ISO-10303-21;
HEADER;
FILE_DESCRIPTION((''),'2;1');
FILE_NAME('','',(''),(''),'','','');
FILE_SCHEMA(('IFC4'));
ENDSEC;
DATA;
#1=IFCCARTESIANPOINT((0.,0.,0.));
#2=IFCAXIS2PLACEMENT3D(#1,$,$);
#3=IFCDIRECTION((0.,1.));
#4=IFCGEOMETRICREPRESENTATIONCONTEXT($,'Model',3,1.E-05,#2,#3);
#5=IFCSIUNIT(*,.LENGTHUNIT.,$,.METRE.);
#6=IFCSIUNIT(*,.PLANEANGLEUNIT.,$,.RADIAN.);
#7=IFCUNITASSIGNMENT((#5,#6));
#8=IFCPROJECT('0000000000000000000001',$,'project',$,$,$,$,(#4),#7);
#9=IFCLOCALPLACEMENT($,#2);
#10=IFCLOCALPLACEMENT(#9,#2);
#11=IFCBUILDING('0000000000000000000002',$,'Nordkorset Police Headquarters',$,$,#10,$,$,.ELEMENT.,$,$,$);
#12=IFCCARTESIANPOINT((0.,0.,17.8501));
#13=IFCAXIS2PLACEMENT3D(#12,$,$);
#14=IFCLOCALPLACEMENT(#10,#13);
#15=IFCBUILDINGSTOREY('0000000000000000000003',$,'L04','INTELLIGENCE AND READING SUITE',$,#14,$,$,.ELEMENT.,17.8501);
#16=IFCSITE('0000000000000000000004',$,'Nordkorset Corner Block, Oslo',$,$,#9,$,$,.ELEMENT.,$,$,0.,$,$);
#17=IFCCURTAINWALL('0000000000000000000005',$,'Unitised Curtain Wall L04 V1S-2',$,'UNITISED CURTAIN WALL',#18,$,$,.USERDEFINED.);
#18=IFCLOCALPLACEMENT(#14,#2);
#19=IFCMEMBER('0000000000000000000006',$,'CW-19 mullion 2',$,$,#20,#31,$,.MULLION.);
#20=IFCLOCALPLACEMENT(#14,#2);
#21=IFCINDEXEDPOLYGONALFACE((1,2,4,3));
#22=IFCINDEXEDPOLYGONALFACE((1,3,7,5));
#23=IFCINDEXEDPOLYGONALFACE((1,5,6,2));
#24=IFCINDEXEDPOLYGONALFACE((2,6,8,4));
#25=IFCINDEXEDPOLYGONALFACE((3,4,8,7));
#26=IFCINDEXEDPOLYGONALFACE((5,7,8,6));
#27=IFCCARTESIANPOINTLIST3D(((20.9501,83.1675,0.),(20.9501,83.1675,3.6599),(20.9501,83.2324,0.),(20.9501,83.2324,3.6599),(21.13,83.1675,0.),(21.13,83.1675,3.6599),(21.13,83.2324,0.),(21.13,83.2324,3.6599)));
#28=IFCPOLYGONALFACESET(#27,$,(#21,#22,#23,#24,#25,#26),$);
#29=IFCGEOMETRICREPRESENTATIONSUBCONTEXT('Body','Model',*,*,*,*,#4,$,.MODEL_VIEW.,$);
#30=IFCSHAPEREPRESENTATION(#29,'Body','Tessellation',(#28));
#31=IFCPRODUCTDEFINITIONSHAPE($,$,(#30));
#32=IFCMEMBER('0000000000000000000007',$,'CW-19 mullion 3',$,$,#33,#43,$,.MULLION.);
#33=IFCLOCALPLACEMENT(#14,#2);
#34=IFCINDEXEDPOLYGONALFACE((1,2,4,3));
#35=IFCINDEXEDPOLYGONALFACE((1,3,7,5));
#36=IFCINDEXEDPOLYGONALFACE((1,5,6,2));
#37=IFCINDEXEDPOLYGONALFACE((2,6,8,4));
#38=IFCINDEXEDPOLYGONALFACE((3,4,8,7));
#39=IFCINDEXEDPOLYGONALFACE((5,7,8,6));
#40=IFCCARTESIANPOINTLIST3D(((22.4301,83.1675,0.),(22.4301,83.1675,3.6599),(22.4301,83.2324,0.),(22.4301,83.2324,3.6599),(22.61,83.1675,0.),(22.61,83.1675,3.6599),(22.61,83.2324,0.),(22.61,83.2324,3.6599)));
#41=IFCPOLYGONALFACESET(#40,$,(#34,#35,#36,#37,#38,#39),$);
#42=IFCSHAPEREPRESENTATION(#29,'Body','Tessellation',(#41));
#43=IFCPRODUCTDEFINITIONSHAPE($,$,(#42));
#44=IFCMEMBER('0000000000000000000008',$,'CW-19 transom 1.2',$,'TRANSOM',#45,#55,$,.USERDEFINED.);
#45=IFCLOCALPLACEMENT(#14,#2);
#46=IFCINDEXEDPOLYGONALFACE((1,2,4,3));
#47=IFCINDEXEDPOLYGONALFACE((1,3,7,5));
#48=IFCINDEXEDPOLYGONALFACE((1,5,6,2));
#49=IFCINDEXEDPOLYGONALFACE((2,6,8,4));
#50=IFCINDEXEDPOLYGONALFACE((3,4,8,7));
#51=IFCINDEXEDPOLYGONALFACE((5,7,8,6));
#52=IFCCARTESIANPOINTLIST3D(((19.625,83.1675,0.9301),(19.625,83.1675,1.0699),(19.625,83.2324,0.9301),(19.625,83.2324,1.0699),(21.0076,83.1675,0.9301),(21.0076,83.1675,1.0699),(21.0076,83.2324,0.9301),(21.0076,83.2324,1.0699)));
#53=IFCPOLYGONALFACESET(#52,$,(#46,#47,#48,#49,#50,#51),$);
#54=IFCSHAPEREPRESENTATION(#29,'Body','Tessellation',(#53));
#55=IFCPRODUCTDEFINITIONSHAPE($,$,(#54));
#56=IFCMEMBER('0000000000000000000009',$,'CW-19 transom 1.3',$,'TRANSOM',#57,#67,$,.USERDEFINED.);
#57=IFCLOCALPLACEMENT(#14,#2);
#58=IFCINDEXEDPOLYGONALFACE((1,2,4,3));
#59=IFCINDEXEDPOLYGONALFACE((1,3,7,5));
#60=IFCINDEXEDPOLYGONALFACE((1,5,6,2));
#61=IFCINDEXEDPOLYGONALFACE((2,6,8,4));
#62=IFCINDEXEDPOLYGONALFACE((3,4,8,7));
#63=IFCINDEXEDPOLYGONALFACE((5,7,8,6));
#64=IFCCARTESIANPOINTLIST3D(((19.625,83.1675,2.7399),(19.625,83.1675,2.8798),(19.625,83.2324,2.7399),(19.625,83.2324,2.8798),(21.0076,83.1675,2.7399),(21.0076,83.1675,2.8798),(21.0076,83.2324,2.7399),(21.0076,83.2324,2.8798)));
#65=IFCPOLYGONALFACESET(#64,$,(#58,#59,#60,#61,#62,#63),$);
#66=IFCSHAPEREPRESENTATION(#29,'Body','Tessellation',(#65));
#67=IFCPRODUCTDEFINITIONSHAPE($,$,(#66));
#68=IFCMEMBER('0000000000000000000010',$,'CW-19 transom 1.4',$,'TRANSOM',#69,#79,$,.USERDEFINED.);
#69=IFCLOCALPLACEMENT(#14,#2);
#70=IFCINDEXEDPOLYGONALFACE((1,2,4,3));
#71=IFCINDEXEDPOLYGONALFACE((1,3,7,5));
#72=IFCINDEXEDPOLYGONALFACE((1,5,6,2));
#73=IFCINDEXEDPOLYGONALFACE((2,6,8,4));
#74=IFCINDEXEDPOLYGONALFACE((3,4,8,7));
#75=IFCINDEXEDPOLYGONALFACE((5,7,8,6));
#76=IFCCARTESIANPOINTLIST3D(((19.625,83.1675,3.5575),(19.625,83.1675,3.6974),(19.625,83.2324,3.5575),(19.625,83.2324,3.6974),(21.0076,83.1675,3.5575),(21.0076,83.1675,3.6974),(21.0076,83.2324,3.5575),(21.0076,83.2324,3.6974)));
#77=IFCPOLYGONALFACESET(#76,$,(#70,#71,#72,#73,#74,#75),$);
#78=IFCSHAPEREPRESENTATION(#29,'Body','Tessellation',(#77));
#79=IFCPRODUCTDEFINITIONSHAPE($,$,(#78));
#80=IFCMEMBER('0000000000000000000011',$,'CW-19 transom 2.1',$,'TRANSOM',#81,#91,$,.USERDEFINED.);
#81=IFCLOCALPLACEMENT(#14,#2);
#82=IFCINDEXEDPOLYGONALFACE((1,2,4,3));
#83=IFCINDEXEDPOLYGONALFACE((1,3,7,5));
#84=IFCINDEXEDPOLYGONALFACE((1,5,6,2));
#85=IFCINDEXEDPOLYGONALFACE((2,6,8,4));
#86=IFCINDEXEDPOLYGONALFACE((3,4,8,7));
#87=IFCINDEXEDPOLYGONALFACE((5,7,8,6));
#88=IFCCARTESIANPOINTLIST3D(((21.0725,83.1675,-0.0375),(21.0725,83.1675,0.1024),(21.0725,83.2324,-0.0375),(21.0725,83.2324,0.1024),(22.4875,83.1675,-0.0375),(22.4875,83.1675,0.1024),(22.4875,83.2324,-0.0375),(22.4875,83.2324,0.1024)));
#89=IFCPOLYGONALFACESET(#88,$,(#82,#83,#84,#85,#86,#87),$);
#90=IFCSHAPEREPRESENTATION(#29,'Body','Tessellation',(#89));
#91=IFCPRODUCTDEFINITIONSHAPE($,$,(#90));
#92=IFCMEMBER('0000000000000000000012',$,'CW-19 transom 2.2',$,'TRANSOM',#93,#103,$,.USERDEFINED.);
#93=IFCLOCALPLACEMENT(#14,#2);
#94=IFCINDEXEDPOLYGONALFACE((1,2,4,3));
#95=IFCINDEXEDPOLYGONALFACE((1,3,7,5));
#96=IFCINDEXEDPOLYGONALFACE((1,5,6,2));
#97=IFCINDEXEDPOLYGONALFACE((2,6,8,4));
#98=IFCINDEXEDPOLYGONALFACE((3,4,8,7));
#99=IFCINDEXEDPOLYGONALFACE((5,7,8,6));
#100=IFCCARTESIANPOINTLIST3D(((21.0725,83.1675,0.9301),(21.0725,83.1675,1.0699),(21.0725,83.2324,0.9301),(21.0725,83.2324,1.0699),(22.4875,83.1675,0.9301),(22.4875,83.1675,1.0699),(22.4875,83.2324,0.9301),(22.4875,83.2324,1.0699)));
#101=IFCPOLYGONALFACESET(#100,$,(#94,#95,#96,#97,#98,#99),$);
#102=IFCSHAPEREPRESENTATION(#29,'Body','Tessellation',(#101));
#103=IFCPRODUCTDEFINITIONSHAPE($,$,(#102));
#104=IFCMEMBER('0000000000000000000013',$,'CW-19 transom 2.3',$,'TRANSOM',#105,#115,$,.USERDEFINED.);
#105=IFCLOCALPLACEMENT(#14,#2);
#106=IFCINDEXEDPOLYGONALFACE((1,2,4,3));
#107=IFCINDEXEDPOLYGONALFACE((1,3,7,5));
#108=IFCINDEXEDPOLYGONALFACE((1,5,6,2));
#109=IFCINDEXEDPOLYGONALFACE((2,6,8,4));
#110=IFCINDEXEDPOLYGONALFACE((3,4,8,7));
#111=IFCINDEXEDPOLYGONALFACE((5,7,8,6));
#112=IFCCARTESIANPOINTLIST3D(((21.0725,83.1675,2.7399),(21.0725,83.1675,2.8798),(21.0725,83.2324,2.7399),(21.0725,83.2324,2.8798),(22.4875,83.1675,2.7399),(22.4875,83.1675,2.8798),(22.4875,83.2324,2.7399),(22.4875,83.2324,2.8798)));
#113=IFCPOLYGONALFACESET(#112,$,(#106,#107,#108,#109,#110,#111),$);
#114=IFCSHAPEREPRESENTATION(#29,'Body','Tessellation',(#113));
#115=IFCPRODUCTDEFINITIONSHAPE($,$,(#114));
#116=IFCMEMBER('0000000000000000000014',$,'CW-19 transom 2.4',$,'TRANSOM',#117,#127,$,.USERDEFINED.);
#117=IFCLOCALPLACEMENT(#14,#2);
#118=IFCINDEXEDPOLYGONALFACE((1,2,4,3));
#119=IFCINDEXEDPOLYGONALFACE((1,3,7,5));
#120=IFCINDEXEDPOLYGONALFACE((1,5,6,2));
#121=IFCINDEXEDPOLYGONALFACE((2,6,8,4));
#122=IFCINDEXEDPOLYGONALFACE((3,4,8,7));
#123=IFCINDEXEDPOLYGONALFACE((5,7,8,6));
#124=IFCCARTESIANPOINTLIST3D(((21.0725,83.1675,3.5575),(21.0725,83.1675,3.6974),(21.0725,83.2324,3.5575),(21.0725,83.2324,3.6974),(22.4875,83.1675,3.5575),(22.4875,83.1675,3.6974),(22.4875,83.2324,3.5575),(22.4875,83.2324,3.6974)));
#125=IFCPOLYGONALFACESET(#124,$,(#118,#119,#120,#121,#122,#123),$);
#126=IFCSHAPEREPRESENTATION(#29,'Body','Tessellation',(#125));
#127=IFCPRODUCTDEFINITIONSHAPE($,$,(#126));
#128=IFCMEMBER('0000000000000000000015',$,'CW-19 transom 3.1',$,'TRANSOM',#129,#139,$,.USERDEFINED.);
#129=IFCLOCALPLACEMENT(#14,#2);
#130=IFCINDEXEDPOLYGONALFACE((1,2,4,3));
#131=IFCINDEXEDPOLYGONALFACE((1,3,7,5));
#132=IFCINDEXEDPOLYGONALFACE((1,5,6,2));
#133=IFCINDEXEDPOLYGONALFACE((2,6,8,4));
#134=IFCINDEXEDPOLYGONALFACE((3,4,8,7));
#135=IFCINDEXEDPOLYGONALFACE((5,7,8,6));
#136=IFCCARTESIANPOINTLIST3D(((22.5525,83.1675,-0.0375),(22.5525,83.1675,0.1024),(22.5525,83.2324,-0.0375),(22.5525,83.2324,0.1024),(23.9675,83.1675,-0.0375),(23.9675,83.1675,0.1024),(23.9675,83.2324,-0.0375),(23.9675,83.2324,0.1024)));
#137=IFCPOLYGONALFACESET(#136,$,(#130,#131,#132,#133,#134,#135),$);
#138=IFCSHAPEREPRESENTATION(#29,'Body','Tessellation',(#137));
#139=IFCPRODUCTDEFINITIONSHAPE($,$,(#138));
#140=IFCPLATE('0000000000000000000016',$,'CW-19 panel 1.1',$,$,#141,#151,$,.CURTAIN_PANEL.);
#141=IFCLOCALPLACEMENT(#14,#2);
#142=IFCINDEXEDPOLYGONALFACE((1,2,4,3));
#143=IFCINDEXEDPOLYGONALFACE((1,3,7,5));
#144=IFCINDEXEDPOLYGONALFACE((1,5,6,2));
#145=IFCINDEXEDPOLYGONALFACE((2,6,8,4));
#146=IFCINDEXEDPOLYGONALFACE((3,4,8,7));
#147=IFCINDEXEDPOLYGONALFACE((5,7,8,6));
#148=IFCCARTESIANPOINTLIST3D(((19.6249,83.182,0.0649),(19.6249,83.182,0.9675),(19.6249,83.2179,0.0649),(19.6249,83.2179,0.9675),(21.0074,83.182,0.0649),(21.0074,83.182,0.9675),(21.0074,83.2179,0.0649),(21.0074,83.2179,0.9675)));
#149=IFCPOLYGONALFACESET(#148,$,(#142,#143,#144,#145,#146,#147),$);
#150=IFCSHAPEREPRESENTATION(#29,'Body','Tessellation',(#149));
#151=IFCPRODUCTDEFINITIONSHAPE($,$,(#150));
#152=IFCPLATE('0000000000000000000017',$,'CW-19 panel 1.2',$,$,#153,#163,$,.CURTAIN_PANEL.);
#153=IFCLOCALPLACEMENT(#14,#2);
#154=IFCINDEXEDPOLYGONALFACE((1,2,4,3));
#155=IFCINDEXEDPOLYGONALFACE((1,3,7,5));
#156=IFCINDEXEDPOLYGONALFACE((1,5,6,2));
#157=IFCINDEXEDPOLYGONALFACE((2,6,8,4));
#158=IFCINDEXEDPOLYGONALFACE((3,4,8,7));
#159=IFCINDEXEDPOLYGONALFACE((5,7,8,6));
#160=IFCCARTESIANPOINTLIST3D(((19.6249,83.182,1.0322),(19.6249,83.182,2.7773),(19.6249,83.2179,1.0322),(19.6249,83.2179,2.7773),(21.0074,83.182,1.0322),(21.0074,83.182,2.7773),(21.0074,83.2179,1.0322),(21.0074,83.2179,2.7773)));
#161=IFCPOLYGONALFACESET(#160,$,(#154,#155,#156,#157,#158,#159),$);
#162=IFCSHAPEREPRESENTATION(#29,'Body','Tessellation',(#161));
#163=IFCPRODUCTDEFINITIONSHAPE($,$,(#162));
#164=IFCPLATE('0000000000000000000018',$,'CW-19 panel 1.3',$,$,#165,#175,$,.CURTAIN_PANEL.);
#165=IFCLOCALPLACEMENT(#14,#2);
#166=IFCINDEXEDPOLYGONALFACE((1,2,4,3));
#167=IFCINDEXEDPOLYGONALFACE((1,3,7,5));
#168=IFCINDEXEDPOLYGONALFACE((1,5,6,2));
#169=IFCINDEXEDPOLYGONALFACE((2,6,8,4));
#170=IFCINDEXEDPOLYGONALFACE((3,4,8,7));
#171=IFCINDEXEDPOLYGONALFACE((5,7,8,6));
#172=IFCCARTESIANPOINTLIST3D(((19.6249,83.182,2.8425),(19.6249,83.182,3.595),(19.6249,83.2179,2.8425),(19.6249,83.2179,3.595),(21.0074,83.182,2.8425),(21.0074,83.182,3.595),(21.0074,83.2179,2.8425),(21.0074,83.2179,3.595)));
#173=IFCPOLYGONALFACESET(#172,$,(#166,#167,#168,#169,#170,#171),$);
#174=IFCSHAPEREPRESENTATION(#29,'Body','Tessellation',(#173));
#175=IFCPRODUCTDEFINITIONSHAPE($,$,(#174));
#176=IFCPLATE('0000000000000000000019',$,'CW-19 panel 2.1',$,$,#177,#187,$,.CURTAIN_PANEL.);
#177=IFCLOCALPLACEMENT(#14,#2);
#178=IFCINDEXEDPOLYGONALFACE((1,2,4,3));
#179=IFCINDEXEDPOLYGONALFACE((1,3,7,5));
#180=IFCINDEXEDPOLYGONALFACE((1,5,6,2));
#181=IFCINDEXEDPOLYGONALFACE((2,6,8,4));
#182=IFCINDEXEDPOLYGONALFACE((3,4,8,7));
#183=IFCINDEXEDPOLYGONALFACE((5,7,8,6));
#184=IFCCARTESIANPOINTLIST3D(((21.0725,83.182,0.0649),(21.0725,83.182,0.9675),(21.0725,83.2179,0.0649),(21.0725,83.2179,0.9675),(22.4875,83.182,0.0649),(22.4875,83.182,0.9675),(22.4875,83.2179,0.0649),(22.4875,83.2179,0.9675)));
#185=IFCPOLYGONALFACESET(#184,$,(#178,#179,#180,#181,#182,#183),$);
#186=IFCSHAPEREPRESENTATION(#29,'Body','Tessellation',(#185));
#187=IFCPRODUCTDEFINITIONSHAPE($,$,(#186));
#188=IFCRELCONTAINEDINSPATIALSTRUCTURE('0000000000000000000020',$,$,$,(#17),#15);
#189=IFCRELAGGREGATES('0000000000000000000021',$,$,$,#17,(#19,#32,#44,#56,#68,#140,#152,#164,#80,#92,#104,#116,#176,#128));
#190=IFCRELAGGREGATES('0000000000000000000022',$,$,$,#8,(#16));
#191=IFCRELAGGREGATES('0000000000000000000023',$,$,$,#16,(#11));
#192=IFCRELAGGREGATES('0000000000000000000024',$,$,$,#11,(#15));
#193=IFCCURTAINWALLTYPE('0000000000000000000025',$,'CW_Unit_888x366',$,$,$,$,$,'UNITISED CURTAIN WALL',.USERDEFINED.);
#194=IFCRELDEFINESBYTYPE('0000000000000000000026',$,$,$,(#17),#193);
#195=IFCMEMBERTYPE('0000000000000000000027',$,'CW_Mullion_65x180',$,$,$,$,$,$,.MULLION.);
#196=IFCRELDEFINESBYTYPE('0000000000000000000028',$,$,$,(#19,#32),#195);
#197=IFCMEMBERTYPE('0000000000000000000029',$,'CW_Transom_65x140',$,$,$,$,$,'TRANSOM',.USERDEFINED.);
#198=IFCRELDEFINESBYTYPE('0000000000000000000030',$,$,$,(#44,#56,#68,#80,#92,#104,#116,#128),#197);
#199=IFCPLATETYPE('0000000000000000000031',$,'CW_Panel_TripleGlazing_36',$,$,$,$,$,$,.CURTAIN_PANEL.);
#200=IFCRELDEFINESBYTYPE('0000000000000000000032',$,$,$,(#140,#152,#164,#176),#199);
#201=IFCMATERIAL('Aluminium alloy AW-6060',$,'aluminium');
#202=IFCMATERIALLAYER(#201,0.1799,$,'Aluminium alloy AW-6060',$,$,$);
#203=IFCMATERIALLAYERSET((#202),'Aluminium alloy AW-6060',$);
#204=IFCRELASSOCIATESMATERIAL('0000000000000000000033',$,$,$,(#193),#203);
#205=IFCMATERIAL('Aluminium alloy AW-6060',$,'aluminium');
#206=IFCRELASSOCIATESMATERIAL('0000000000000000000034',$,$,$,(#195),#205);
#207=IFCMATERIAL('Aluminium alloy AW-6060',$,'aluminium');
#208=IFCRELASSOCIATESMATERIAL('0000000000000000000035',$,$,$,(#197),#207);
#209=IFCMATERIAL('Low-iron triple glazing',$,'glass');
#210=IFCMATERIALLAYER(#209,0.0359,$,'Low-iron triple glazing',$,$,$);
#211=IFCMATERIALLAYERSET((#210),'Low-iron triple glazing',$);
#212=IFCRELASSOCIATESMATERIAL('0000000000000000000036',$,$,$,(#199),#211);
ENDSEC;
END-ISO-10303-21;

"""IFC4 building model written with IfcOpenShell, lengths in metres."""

from ifc_helpers import new_model, si_unit, direction, frame, origin, origin_2d, place, context, subcontext, project, spatial, rectangle, extrude, material, layer, layer_set, material_profile, profile_set, type_object, element, aggregate, save


model = new_model("IFC4")

# Units and contexts
model_context = context("Model", 3, precision=1e-05, world=origin(), true_north=direction((0.0, 1.0)))
body_context = subcontext(model_context, "Body", "Model", "MODEL_VIEW")
ifc_project = project(units=[si_unit("LENGTHUNIT", "METRE"), si_unit("PLANEANGLEUNIT", "RADIAN")], contexts=[model_context])

# Site, building, storey
site_placement = place(None, origin())
site = spatial("IfcSite", under=ifc_project, at=site_placement, Name="Nordkorset Corner Block, Oslo", CompositionType="ELEMENT", RefElevation=0.0)
building_placement = place(site_placement, origin())
building = spatial("IfcBuilding", under=site, at=building_placement, Name="Nordkorset Police Headquarters", CompositionType="ELEMENT")
storey_placement = place(building_placement, frame((0.0, 0.0, 17.8501)))
storey = spatial("IfcBuildingStorey", under=building, at=storey_placement, Name="L04", Description="INTELLIGENCE AND READING SUITE", CompositionType="ELEMENT", Elevation=17.8501)

# Curtain wall, members, plates
ifc_material_1 = material(Name="Aluminium alloy AW-6060", Category="aluminium")
ifc_layer_1 = layer(ifc_material_1, 0.1799, Name="Aluminium alloy AW-6060")
ifc_layer_set_1 = layer_set([ifc_layer_1], Name="Aluminium alloy AW-6060")
curtain_wall_type = type_object("IfcCurtainWallType", Name="CW_Unit_888x366", ElementType="UNITISED CURTAIN WALL", PredefinedType="USERDEFINED", material=ifc_layer_set_1)
curtain_wall_placement = place(storey_placement, origin())
curtain_wall = element("IfcCurtainWall", 1, at=curtain_wall_placement, inside=storey, type_object=curtain_wall_type, Name="Unitised Curtain Wall L04 V1S-2", ObjectType="UNITISED CURTAIN WALL", PredefinedType="USERDEFINED")
ifc_material_2 = material(Name="Aluminium alloy AW-6060", Category="aluminium")
ifc_material_profile_1 = material_profile(ifc_material_2, rectangle(XDim=0.0649, YDim=0.1799, at=origin_2d()), Name="ALU MULL 65x180")
ifc_profile_set_1 = profile_set([ifc_material_profile_1], Name="Aluminium alloy AW-6060")
member_type_1 = type_object("IfcMemberType", Name="CW_Mullion_65x180", PredefinedType="MULLION", material=ifc_profile_set_1)
member_1_placement = place(storey_placement, frame((21.04, 83.2, 0.0), z_axis=(0.0, 0.0, 1.0), x_axis=(0.0, 1.0, 0.0)))
member_1 = element("IfcMember", 2, at=member_1_placement, type_object=member_type_1, Name="CW-19 mullion 2", PredefinedType="MULLION", context=body_context, shape_type="SweptSolid", body=[
    extrude(rectangle(XDim=0.0649, YDim=0.1799, at=origin_2d()), origin(), (0.0, 0.0, 1.0), 3.6599),
])
member_2_placement = place(storey_placement, frame((22.52, 83.2, 0.0), z_axis=(0.0, 0.0, 1.0), x_axis=(0.0, 1.0, 0.0)))
member_2 = element("IfcMember", 3, at=member_2_placement, type_object=member_type_1, Name="CW-19 mullion 3", PredefinedType="MULLION", context=body_context, shape_type="SweptSolid", body=[
    extrude(rectangle(XDim=0.0649, YDim=0.1799, at=origin_2d()), origin(), (0.0, 0.0, 1.0), 3.6599),
])
ifc_material_3 = material(Name="Aluminium alloy AW-6060", Category="aluminium")
ifc_material_profile_2 = material_profile(ifc_material_3, rectangle(XDim=0.0649, YDim=0.1399, at=origin_2d()), Name="ALU TRAN 65x140")
ifc_profile_set_2 = profile_set([ifc_material_profile_2], Name="Aluminium alloy AW-6060")
member_type_2 = type_object("IfcMemberType", Name="CW_Transom_65x140", ElementType="TRANSOM", PredefinedType="USERDEFINED", material=ifc_profile_set_2)
member_3_placement = place(storey_placement, frame((19.625, 83.2, 1.0), z_axis=(1.0, 0.0, 0.0), x_axis=(0.0, 1.0, 0.0)))
member_3 = element("IfcMember", 4, at=member_3_placement, type_object=member_type_2, Name="CW-19 transom 1.2", ObjectType="TRANSOM", PredefinedType="USERDEFINED", context=body_context, shape_type="SweptSolid", body=[
    extrude(rectangle(XDim=0.0649, YDim=0.1399, at=origin_2d()), origin(), (0.0, 0.0, 1.0), 1.3826),
])
member_4_placement = place(storey_placement, frame((19.625, 83.2, 2.8098), z_axis=(1.0, 0.0, 0.0), x_axis=(0.0, 1.0, 0.0)))
member_4 = element("IfcMember", 5, at=member_4_placement, type_object=member_type_2, Name="CW-19 transom 1.3", ObjectType="TRANSOM", PredefinedType="USERDEFINED", context=body_context, shape_type="SweptSolid", body=[
    extrude(rectangle(XDim=0.0649, YDim=0.1399, at=origin_2d()), origin(), (0.0, 0.0, 1.0), 1.3826),
])
member_5_placement = place(storey_placement, frame((19.625, 83.2, 3.6274), z_axis=(1.0, 0.0, 0.0), x_axis=(0.0, 1.0, 0.0)))
member_5 = element("IfcMember", 6, at=member_5_placement, type_object=member_type_2, Name="CW-19 transom 1.4", ObjectType="TRANSOM", PredefinedType="USERDEFINED", context=body_context, shape_type="SweptSolid", body=[
    extrude(rectangle(XDim=0.0649, YDim=0.1399, at=origin_2d()), origin(), (0.0, 0.0, 1.0), 1.3826),
])
member_6_placement = place(storey_placement, frame((21.0725, 83.2, 0.0325), z_axis=(1.0, 0.0, 0.0), x_axis=(0.0, 1.0, 0.0)))
member_6 = element("IfcMember", 7, at=member_6_placement, type_object=member_type_2, Name="CW-19 transom 2.1", ObjectType="TRANSOM", PredefinedType="USERDEFINED", context=body_context, shape_type="SweptSolid", body=[
    extrude(rectangle(XDim=0.0649, YDim=0.1399, at=origin_2d()), origin(), (0.0, 0.0, 1.0), 1.415),
])
member_7_placement = place(storey_placement, frame((21.0725, 83.2, 1.0), z_axis=(1.0, 0.0, 0.0), x_axis=(0.0, 1.0, 0.0)))
member_7 = element("IfcMember", 8, at=member_7_placement, type_object=member_type_2, Name="CW-19 transom 2.2", ObjectType="TRANSOM", PredefinedType="USERDEFINED", context=body_context, shape_type="SweptSolid", body=[
    extrude(rectangle(XDim=0.0649, YDim=0.1399, at=origin_2d()), origin(), (0.0, 0.0, 1.0), 1.415),
])
member_8_placement = place(storey_placement, frame((21.0725, 83.2, 2.8098), z_axis=(1.0, 0.0, 0.0), x_axis=(0.0, 1.0, 0.0)))
member_8 = element("IfcMember", 9, at=member_8_placement, type_object=member_type_2, Name="CW-19 transom 2.3", ObjectType="TRANSOM", PredefinedType="USERDEFINED", context=body_context, shape_type="SweptSolid", body=[
    extrude(rectangle(XDim=0.0649, YDim=0.1399, at=origin_2d()), origin(), (0.0, 0.0, 1.0), 1.415),
])
member_9_placement = place(storey_placement, frame((21.0725, 83.2, 3.6274), z_axis=(1.0, 0.0, 0.0), x_axis=(0.0, 1.0, 0.0)))
member_9 = element("IfcMember", 10, at=member_9_placement, type_object=member_type_2, Name="CW-19 transom 2.4", ObjectType="TRANSOM", PredefinedType="USERDEFINED", context=body_context, shape_type="SweptSolid", body=[
    extrude(rectangle(XDim=0.0649, YDim=0.1399, at=origin_2d()), origin(), (0.0, 0.0, 1.0), 1.415),
])
member_10_placement = place(storey_placement, frame((22.5525, 83.2, 0.0325), z_axis=(1.0, 0.0, 0.0), x_axis=(0.0, 1.0, 0.0)))
member_10 = element("IfcMember", 11, at=member_10_placement, type_object=member_type_2, Name="CW-19 transom 3.1", ObjectType="TRANSOM", PredefinedType="USERDEFINED", context=body_context, shape_type="SweptSolid", body=[
    extrude(rectangle(XDim=0.0649, YDim=0.1399, at=origin_2d()), origin(), (0.0, 0.0, 1.0), 1.415),
])
ifc_material_4 = material(Name="Low-iron triple glazing", Category="glass")
ifc_layer_2 = layer(ifc_material_4, 0.0359, Name="Low-iron triple glazing")
ifc_layer_set_2 = layer_set([ifc_layer_2], Name="Low-iron triple glazing")
plate_type = type_object("IfcPlateType", Name="CW_Panel_TripleGlazing_36", PredefinedType="CURTAIN_PANEL", material=ifc_layer_set_2)
plate_1_placement = place(storey_placement, frame((20.3162, 83.2, 0.0649), z_axis=(0.0, 0.0, 1.0), x_axis=(1.0, 0.0, 0.0)))
plate_1 = element("IfcPlate", 12, at=plate_1_placement, type_object=plate_type, Name="CW-19 panel 1.1", PredefinedType="CURTAIN_PANEL", context=body_context, shape_type="SweptSolid", body=[
    extrude(rectangle(XDim=1.3826, YDim=0.0359, at=origin_2d()), origin(), (0.0, 0.0, 1.0), 0.9026),
])
plate_2_placement = place(storey_placement, frame((20.3162, 83.2, 1.0322), z_axis=(0.0, 0.0, 1.0), x_axis=(1.0, 0.0, 0.0)))
plate_2 = element("IfcPlate", 13, at=plate_2_placement, type_object=plate_type, Name="CW-19 panel 1.2", PredefinedType="CURTAIN_PANEL", context=body_context, shape_type="SweptSolid", body=[
    extrude(rectangle(XDim=1.3826, YDim=0.0359, at=origin_2d()), origin(), (0.0, 0.0, 1.0), 1.7451),
])
plate_3_placement = place(storey_placement, frame((20.3162, 83.2, 2.8425), z_axis=(0.0, 0.0, 1.0), x_axis=(1.0, 0.0, 0.0)))
plate_3 = element("IfcPlate", 14, at=plate_3_placement, type_object=plate_type, Name="CW-19 panel 1.3", PredefinedType="CURTAIN_PANEL", context=body_context, shape_type="SweptSolid", body=[
    extrude(rectangle(XDim=1.3826, YDim=0.0359, at=origin_2d()), origin(), (0.0, 0.0, 1.0), 0.7524),
])
plate_4_placement = place(storey_placement, frame((21.78, 83.2, 0.0649), z_axis=(0.0, 0.0, 1.0), x_axis=(1.0, 0.0, 0.0)))
plate_4 = element("IfcPlate", 15, at=plate_4_placement, type_object=plate_type, Name="CW-19 panel 2.1", PredefinedType="CURTAIN_PANEL", context=body_context, shape_type="SweptSolid", body=[
    extrude(rectangle(XDim=1.415, YDim=0.0359, at=origin_2d()), origin(), (0.0, 0.0, 1.0), 0.9026),
])
aggregate(curtain_wall, [member_1, member_2, member_3, member_4, member_5, plate_1, plate_2, plate_3, member_6, member_7, member_8, member_9, plate_4, member_10])

save(model, "model.ifc")
